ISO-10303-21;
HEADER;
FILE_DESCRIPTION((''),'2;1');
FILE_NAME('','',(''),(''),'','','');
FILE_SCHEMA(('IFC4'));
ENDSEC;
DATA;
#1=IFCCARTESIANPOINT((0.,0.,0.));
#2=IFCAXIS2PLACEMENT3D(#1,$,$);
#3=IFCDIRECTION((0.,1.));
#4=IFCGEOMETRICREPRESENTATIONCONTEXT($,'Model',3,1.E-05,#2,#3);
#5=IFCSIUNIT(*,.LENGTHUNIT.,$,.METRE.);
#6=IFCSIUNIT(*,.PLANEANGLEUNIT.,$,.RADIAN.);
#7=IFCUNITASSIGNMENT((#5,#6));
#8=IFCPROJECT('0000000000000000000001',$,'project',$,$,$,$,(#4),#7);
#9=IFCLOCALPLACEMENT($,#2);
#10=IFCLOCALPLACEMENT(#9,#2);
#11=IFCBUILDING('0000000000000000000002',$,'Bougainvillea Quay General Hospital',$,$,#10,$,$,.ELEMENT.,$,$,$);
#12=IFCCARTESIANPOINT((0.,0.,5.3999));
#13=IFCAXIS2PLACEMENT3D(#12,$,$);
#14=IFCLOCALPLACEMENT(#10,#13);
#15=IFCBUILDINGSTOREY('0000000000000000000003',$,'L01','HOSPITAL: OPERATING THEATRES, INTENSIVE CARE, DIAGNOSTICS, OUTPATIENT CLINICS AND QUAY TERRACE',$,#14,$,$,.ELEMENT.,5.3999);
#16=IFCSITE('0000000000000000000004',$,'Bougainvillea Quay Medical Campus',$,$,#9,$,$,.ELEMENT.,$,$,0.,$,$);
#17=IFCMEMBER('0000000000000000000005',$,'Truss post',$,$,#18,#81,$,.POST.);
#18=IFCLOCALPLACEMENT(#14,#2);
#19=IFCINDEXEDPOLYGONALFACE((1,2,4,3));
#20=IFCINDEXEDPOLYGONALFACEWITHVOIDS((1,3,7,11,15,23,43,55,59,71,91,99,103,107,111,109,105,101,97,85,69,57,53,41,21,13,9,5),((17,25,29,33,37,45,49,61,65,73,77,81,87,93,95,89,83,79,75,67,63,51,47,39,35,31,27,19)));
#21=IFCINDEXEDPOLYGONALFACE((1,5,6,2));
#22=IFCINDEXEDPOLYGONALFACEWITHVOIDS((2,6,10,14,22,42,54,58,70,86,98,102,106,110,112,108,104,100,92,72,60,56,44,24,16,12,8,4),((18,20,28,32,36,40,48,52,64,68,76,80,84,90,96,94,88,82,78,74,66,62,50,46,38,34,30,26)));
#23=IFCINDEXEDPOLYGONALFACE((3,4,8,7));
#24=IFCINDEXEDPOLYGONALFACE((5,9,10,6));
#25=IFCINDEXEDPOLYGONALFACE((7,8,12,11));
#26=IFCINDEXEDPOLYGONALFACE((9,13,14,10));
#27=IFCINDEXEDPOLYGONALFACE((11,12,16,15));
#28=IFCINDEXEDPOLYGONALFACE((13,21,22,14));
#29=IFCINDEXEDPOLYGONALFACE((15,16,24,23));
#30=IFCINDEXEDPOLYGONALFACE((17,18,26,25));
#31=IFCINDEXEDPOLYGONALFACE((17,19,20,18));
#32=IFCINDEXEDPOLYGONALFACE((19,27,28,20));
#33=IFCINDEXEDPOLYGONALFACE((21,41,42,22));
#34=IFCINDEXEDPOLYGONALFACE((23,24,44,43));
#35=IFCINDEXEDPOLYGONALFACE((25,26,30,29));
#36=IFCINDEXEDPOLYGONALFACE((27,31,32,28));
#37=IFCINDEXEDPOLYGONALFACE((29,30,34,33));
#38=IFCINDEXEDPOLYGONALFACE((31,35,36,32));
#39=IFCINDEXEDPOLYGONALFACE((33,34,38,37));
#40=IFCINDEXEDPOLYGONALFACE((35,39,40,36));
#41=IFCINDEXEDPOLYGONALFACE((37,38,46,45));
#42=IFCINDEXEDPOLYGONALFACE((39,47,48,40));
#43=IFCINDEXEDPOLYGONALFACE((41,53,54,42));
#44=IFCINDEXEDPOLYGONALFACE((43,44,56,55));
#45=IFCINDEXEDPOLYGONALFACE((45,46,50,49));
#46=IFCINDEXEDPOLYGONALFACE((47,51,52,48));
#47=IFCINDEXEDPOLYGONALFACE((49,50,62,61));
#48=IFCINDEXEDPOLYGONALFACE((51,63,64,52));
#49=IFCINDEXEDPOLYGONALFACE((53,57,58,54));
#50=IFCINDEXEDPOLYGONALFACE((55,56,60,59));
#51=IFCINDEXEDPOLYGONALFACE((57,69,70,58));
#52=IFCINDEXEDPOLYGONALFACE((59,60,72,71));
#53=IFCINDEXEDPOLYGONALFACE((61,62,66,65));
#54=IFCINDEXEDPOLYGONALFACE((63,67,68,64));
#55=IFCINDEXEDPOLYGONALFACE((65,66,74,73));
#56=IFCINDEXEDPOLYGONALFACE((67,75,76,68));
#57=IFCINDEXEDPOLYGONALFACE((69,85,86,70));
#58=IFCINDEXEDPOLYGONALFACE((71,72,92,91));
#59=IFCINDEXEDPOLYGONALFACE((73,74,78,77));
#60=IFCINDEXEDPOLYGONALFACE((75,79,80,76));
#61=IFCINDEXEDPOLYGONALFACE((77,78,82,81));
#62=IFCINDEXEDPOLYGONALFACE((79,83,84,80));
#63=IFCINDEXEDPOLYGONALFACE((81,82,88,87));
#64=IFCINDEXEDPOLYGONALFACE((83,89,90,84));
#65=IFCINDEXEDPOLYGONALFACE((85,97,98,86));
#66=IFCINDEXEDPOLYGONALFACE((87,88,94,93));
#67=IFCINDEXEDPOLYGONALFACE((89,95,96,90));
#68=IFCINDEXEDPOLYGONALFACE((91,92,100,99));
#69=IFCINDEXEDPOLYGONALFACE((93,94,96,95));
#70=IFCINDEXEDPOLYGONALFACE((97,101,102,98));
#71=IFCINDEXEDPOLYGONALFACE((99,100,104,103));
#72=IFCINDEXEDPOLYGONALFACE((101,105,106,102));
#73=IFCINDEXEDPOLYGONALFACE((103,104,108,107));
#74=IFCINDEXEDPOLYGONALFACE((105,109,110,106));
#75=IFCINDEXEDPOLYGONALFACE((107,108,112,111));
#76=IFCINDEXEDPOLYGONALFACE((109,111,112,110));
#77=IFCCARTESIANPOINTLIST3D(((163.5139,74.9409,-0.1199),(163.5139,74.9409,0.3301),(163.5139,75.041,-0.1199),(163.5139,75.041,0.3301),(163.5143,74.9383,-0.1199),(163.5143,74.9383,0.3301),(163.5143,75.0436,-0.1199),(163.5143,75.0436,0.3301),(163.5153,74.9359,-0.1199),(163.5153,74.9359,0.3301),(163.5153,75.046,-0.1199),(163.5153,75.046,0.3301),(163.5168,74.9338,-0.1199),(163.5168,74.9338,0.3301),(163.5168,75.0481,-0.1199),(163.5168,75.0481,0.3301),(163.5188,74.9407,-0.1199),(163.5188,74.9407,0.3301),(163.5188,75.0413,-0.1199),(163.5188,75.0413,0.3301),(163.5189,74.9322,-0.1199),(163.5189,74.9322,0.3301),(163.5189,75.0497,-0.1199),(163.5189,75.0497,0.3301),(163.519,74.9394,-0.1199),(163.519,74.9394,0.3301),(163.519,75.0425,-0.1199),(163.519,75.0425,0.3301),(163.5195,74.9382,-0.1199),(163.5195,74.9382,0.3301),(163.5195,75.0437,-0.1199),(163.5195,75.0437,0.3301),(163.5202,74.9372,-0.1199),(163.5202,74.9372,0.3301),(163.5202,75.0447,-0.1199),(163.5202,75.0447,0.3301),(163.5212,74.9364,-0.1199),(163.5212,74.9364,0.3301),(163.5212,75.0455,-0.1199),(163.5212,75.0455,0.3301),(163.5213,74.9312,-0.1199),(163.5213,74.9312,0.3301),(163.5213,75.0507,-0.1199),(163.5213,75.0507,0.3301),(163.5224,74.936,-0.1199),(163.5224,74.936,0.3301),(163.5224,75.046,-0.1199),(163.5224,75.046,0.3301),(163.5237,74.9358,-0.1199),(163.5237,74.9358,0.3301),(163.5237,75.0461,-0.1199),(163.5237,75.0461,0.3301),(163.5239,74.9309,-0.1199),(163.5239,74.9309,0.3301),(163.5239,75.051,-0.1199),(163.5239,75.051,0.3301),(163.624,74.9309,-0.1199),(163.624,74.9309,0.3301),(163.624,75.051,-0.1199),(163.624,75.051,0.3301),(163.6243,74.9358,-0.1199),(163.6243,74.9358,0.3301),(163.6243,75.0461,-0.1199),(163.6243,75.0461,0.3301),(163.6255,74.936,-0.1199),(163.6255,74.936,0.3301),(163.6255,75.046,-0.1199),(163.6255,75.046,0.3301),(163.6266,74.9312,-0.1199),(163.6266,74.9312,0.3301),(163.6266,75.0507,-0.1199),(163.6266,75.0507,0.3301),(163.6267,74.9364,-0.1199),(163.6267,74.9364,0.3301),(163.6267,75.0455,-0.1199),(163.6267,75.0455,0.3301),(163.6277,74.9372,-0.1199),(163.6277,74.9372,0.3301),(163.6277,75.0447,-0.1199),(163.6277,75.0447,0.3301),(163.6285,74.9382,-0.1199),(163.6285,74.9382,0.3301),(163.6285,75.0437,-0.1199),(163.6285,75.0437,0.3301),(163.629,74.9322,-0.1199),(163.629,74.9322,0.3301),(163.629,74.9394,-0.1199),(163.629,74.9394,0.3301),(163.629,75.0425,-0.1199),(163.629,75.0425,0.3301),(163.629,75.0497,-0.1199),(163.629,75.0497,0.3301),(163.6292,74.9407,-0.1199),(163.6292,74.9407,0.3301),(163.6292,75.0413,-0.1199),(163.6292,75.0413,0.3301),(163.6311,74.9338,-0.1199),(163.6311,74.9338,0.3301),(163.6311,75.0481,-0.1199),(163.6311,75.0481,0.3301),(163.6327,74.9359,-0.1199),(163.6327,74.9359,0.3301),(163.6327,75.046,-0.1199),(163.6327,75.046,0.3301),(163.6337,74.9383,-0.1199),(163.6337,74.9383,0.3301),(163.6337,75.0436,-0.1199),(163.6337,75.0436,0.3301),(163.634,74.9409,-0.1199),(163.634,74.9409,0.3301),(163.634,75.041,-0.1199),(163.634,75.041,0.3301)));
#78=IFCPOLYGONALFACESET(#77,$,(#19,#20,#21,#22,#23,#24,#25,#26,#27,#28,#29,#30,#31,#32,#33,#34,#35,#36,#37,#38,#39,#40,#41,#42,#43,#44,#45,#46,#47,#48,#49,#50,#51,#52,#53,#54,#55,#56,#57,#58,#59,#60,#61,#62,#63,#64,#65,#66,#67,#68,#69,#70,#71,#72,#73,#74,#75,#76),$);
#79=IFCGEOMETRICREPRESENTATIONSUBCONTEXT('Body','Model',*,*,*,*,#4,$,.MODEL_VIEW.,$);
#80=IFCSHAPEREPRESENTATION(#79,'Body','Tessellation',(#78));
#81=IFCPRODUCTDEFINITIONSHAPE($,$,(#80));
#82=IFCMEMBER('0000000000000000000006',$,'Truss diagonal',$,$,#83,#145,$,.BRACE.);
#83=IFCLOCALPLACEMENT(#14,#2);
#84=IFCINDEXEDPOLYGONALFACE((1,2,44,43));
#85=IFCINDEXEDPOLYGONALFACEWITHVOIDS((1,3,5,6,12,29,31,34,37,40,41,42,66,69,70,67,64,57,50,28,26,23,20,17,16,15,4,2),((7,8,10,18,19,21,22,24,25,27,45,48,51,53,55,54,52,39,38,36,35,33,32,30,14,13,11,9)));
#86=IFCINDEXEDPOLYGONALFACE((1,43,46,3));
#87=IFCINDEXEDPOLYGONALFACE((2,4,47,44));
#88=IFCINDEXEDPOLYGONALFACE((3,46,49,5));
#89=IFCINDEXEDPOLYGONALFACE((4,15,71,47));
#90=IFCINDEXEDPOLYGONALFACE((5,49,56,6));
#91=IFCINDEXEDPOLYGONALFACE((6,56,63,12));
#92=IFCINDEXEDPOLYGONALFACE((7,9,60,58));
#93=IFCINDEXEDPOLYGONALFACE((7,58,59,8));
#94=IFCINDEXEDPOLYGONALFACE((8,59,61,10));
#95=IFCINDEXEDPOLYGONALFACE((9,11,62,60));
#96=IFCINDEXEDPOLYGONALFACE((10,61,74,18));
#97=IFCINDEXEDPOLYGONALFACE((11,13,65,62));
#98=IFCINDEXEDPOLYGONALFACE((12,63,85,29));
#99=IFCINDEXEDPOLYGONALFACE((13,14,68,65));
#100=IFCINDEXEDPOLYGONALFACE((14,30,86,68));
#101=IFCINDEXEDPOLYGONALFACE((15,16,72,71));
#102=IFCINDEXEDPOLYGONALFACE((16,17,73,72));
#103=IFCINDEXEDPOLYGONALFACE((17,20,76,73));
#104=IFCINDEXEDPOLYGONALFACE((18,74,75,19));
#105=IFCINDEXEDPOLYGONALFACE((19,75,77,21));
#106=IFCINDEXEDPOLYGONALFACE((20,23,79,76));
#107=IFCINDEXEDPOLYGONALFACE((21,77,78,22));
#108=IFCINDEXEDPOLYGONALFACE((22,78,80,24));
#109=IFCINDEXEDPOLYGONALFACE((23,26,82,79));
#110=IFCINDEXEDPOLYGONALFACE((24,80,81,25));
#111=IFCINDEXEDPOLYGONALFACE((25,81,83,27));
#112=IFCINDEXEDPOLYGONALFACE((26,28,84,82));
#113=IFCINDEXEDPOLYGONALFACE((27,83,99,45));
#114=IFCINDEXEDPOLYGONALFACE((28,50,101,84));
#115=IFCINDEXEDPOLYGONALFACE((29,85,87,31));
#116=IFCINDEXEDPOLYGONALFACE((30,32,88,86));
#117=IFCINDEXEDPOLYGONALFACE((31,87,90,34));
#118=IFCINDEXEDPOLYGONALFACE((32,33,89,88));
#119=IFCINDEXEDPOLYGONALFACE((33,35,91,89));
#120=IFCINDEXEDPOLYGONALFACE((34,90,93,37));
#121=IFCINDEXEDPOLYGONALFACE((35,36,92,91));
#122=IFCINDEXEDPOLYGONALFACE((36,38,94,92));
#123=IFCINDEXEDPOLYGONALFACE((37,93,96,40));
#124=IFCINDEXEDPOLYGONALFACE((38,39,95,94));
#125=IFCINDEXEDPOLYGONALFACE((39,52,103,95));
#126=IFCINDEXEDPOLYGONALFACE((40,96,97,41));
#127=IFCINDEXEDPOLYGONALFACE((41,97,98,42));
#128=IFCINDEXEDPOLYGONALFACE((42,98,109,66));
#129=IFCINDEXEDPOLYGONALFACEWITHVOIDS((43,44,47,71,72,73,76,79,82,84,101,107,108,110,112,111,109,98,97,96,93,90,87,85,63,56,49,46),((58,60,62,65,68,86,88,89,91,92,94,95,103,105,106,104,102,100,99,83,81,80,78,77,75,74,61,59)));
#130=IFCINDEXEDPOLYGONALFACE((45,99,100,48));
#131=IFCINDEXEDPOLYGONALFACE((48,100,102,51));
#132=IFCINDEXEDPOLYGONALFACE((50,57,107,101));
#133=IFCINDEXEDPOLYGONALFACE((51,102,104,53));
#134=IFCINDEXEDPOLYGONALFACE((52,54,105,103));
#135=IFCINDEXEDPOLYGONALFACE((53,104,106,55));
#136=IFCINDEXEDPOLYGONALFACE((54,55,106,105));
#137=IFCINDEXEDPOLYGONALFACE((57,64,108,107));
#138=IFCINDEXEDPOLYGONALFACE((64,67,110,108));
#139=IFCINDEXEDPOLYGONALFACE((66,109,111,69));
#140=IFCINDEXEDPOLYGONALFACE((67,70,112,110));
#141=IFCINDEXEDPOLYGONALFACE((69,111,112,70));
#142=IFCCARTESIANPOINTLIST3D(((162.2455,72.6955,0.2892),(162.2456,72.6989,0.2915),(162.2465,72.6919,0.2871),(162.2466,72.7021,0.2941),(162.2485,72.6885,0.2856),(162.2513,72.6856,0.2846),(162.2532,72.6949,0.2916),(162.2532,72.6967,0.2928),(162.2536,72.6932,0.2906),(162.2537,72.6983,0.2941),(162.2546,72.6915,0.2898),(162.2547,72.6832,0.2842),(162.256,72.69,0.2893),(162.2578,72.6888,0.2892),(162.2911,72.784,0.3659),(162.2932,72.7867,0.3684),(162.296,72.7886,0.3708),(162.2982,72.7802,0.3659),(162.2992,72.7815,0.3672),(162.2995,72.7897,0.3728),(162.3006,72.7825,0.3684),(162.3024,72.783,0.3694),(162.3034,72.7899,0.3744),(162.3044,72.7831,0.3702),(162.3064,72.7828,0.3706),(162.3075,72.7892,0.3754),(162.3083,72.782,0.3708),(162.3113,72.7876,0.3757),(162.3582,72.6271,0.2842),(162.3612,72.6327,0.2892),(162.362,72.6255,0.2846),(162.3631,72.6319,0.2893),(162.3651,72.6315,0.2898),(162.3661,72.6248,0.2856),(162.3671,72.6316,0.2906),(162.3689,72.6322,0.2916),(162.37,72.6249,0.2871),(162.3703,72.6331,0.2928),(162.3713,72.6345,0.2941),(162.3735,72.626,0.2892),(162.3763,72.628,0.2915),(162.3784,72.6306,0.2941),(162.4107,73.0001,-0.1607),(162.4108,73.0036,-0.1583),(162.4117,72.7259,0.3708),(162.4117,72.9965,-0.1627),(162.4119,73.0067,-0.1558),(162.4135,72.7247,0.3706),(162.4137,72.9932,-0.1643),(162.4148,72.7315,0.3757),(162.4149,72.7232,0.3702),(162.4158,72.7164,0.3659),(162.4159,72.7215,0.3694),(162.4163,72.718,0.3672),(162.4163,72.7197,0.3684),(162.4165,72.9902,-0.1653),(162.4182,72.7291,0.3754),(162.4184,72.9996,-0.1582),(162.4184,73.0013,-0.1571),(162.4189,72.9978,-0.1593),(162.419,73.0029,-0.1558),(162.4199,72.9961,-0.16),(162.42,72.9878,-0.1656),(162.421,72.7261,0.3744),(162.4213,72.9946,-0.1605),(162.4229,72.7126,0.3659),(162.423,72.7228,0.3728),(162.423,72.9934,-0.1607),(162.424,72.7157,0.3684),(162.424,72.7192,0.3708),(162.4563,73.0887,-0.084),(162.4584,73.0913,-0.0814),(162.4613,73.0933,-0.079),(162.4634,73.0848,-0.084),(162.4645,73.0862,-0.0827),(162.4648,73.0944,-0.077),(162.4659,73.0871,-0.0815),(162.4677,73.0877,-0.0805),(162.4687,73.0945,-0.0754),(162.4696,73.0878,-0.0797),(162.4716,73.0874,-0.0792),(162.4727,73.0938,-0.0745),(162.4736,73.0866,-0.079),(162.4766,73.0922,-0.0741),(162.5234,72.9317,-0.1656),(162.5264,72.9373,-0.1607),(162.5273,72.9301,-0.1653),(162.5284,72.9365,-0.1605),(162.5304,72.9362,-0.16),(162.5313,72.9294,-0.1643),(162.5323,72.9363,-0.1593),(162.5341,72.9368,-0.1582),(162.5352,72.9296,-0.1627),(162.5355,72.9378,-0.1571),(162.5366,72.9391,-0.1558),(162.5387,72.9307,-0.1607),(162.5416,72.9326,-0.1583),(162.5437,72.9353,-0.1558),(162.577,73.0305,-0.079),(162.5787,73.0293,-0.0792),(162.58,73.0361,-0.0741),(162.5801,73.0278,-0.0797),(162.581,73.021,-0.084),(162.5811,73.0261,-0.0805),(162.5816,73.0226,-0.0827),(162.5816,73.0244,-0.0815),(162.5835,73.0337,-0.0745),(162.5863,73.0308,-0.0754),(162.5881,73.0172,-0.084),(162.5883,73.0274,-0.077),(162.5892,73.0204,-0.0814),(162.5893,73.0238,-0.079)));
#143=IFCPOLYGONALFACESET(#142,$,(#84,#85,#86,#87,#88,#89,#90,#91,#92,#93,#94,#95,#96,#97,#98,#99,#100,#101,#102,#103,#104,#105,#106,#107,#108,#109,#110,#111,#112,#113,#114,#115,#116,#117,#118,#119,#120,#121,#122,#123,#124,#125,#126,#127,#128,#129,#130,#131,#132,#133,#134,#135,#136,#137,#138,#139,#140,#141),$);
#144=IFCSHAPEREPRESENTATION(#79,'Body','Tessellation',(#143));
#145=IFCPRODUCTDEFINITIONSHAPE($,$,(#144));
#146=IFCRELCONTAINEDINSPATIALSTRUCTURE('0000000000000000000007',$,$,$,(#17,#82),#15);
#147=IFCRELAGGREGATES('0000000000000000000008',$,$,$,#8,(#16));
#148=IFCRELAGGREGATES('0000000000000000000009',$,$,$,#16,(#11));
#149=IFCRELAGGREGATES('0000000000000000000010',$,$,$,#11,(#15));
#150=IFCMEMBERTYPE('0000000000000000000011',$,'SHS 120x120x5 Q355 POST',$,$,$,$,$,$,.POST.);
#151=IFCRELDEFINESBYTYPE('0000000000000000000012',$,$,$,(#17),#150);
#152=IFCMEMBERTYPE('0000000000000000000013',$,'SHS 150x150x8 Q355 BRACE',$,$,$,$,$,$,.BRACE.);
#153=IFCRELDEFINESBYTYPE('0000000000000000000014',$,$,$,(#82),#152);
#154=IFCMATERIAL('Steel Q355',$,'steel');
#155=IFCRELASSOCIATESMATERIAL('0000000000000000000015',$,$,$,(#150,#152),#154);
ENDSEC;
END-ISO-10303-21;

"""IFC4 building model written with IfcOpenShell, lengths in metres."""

from ifc_helpers import new_model, si_unit, direction, frame, origin, origin_2d, place, context, subcontext, project, spatial, hollow_rectangle, extrude, material, material_profile, profile_set, type_object, element, save


model = new_model("IFC4")

# Units and contexts
model_context = context("Model", 3, precision=1e-05, world=origin(), true_north=direction((0.0, 1.0)))
body_context = subcontext(model_context, "Body", "Model", "MODEL_VIEW")
ifc_project = project(units=[si_unit("LENGTHUNIT", "METRE"), si_unit("PLANEANGLEUNIT", "RADIAN")], contexts=[model_context])

# Site, building, storey
site_placement = place(None, origin())
site = spatial("IfcSite", under=ifc_project, at=site_placement, Name="Bougainvillea Quay Medical Campus", CompositionType="ELEMENT", RefElevation=0.0)
building_placement = place(site_placement, origin())
building = spatial("IfcBuilding", under=site, at=building_placement, Name="Bougainvillea Quay General Hospital", CompositionType="ELEMENT")
storey_placement = place(building_placement, frame((0.0, 0.0, 5.3999)))
storey = spatial("IfcBuildingStorey", under=building, at=storey_placement, Name="L01", Description="HOSPITAL: OPERATING THEATRES, INTENSIVE CARE, DIAGNOSTICS, OUTPATIENT CLINICS AND QUAY TERRACE", CompositionType="ELEMENT", Elevation=5.3999)

# Members
ifc_material_1 = material(Name="Steel Q355", Category="steel")
ifc_material_profile_1 = material_profile(ifc_material_1, hollow_rectangle(XDim=0.1201, YDim=0.1201, WallThickness=0.0049, InnerFilletRadius=0.0049, OuterFilletRadius=0.01, at=origin_2d()))
ifc_profile_set_1 = profile_set([ifc_material_profile_1], Name="Steel Q355")
member_type_1 = type_object("IfcMemberType", Name="SHS 120x120x5 Q355 POST", PredefinedType="POST", material=ifc_profile_set_1)
for number, where, z_axis, x_axis, name in (
    (1, (163.574, 74.991, -0.1199), (0.0, 0.0, 1.0), (1.0, 0.0, 0.0), "Truss post"),
):
    element("IfcMember", number, at=place(storey_placement, frame(where, z_axis=z_axis, x_axis=x_axis)), inside=storey, type_object=member_type_1, Name=name, PredefinedType="POST", context=body_context, shape_type="SweptSolid", body=[
        extrude(hollow_rectangle(XDim=0.1201, YDim=0.1201, WallThickness=0.0049, InnerFilletRadius=0.0049, OuterFilletRadius=0.01, at=origin_2d()), origin(), (0.0, 0.0, 1.0), 0.45),
    ])
ifc_material_profile_2 = material_profile(ifc_material_1, hollow_rectangle(XDim=0.1499, YDim=0.1499, WallThickness=0.0081, InnerFilletRadius=0.0081, OuterFilletRadius=0.0161, at=origin_2d()))
ifc_profile_set_2 = profile_set([ifc_material_profile_2], Name="Steel Q355")
member_type_2 = type_object("IfcMemberType", Name="SHS 150x150x8 Q355 BRACE", PredefinedType="BRACE", material=ifc_profile_set_2)
for number, where, z_axis, x_axis, name in (
    (2, (162.5, 73.012, -0.1199), (-0.290998, -0.536434, 0.792186), (0.878997, -0.476828, 0.0), "Truss diagonal"),
):
    element("IfcMember", number, at=place(storey_placement, frame(where, z_axis=z_axis, x_axis=x_axis)), inside=storey, type_object=member_type_2, Name=name, PredefinedType="BRACE", context=body_context, shape_type="SweptSolid", body=[
        extrude(hollow_rectangle(XDim=0.1499, YDim=0.1499, WallThickness=0.0081, InnerFilletRadius=0.0081, OuterFilletRadius=0.0161, at=origin_2d()), origin(), (0.0, 0.0, 1.0), 0.5679),
    ])

save(model, "model.ifc")
